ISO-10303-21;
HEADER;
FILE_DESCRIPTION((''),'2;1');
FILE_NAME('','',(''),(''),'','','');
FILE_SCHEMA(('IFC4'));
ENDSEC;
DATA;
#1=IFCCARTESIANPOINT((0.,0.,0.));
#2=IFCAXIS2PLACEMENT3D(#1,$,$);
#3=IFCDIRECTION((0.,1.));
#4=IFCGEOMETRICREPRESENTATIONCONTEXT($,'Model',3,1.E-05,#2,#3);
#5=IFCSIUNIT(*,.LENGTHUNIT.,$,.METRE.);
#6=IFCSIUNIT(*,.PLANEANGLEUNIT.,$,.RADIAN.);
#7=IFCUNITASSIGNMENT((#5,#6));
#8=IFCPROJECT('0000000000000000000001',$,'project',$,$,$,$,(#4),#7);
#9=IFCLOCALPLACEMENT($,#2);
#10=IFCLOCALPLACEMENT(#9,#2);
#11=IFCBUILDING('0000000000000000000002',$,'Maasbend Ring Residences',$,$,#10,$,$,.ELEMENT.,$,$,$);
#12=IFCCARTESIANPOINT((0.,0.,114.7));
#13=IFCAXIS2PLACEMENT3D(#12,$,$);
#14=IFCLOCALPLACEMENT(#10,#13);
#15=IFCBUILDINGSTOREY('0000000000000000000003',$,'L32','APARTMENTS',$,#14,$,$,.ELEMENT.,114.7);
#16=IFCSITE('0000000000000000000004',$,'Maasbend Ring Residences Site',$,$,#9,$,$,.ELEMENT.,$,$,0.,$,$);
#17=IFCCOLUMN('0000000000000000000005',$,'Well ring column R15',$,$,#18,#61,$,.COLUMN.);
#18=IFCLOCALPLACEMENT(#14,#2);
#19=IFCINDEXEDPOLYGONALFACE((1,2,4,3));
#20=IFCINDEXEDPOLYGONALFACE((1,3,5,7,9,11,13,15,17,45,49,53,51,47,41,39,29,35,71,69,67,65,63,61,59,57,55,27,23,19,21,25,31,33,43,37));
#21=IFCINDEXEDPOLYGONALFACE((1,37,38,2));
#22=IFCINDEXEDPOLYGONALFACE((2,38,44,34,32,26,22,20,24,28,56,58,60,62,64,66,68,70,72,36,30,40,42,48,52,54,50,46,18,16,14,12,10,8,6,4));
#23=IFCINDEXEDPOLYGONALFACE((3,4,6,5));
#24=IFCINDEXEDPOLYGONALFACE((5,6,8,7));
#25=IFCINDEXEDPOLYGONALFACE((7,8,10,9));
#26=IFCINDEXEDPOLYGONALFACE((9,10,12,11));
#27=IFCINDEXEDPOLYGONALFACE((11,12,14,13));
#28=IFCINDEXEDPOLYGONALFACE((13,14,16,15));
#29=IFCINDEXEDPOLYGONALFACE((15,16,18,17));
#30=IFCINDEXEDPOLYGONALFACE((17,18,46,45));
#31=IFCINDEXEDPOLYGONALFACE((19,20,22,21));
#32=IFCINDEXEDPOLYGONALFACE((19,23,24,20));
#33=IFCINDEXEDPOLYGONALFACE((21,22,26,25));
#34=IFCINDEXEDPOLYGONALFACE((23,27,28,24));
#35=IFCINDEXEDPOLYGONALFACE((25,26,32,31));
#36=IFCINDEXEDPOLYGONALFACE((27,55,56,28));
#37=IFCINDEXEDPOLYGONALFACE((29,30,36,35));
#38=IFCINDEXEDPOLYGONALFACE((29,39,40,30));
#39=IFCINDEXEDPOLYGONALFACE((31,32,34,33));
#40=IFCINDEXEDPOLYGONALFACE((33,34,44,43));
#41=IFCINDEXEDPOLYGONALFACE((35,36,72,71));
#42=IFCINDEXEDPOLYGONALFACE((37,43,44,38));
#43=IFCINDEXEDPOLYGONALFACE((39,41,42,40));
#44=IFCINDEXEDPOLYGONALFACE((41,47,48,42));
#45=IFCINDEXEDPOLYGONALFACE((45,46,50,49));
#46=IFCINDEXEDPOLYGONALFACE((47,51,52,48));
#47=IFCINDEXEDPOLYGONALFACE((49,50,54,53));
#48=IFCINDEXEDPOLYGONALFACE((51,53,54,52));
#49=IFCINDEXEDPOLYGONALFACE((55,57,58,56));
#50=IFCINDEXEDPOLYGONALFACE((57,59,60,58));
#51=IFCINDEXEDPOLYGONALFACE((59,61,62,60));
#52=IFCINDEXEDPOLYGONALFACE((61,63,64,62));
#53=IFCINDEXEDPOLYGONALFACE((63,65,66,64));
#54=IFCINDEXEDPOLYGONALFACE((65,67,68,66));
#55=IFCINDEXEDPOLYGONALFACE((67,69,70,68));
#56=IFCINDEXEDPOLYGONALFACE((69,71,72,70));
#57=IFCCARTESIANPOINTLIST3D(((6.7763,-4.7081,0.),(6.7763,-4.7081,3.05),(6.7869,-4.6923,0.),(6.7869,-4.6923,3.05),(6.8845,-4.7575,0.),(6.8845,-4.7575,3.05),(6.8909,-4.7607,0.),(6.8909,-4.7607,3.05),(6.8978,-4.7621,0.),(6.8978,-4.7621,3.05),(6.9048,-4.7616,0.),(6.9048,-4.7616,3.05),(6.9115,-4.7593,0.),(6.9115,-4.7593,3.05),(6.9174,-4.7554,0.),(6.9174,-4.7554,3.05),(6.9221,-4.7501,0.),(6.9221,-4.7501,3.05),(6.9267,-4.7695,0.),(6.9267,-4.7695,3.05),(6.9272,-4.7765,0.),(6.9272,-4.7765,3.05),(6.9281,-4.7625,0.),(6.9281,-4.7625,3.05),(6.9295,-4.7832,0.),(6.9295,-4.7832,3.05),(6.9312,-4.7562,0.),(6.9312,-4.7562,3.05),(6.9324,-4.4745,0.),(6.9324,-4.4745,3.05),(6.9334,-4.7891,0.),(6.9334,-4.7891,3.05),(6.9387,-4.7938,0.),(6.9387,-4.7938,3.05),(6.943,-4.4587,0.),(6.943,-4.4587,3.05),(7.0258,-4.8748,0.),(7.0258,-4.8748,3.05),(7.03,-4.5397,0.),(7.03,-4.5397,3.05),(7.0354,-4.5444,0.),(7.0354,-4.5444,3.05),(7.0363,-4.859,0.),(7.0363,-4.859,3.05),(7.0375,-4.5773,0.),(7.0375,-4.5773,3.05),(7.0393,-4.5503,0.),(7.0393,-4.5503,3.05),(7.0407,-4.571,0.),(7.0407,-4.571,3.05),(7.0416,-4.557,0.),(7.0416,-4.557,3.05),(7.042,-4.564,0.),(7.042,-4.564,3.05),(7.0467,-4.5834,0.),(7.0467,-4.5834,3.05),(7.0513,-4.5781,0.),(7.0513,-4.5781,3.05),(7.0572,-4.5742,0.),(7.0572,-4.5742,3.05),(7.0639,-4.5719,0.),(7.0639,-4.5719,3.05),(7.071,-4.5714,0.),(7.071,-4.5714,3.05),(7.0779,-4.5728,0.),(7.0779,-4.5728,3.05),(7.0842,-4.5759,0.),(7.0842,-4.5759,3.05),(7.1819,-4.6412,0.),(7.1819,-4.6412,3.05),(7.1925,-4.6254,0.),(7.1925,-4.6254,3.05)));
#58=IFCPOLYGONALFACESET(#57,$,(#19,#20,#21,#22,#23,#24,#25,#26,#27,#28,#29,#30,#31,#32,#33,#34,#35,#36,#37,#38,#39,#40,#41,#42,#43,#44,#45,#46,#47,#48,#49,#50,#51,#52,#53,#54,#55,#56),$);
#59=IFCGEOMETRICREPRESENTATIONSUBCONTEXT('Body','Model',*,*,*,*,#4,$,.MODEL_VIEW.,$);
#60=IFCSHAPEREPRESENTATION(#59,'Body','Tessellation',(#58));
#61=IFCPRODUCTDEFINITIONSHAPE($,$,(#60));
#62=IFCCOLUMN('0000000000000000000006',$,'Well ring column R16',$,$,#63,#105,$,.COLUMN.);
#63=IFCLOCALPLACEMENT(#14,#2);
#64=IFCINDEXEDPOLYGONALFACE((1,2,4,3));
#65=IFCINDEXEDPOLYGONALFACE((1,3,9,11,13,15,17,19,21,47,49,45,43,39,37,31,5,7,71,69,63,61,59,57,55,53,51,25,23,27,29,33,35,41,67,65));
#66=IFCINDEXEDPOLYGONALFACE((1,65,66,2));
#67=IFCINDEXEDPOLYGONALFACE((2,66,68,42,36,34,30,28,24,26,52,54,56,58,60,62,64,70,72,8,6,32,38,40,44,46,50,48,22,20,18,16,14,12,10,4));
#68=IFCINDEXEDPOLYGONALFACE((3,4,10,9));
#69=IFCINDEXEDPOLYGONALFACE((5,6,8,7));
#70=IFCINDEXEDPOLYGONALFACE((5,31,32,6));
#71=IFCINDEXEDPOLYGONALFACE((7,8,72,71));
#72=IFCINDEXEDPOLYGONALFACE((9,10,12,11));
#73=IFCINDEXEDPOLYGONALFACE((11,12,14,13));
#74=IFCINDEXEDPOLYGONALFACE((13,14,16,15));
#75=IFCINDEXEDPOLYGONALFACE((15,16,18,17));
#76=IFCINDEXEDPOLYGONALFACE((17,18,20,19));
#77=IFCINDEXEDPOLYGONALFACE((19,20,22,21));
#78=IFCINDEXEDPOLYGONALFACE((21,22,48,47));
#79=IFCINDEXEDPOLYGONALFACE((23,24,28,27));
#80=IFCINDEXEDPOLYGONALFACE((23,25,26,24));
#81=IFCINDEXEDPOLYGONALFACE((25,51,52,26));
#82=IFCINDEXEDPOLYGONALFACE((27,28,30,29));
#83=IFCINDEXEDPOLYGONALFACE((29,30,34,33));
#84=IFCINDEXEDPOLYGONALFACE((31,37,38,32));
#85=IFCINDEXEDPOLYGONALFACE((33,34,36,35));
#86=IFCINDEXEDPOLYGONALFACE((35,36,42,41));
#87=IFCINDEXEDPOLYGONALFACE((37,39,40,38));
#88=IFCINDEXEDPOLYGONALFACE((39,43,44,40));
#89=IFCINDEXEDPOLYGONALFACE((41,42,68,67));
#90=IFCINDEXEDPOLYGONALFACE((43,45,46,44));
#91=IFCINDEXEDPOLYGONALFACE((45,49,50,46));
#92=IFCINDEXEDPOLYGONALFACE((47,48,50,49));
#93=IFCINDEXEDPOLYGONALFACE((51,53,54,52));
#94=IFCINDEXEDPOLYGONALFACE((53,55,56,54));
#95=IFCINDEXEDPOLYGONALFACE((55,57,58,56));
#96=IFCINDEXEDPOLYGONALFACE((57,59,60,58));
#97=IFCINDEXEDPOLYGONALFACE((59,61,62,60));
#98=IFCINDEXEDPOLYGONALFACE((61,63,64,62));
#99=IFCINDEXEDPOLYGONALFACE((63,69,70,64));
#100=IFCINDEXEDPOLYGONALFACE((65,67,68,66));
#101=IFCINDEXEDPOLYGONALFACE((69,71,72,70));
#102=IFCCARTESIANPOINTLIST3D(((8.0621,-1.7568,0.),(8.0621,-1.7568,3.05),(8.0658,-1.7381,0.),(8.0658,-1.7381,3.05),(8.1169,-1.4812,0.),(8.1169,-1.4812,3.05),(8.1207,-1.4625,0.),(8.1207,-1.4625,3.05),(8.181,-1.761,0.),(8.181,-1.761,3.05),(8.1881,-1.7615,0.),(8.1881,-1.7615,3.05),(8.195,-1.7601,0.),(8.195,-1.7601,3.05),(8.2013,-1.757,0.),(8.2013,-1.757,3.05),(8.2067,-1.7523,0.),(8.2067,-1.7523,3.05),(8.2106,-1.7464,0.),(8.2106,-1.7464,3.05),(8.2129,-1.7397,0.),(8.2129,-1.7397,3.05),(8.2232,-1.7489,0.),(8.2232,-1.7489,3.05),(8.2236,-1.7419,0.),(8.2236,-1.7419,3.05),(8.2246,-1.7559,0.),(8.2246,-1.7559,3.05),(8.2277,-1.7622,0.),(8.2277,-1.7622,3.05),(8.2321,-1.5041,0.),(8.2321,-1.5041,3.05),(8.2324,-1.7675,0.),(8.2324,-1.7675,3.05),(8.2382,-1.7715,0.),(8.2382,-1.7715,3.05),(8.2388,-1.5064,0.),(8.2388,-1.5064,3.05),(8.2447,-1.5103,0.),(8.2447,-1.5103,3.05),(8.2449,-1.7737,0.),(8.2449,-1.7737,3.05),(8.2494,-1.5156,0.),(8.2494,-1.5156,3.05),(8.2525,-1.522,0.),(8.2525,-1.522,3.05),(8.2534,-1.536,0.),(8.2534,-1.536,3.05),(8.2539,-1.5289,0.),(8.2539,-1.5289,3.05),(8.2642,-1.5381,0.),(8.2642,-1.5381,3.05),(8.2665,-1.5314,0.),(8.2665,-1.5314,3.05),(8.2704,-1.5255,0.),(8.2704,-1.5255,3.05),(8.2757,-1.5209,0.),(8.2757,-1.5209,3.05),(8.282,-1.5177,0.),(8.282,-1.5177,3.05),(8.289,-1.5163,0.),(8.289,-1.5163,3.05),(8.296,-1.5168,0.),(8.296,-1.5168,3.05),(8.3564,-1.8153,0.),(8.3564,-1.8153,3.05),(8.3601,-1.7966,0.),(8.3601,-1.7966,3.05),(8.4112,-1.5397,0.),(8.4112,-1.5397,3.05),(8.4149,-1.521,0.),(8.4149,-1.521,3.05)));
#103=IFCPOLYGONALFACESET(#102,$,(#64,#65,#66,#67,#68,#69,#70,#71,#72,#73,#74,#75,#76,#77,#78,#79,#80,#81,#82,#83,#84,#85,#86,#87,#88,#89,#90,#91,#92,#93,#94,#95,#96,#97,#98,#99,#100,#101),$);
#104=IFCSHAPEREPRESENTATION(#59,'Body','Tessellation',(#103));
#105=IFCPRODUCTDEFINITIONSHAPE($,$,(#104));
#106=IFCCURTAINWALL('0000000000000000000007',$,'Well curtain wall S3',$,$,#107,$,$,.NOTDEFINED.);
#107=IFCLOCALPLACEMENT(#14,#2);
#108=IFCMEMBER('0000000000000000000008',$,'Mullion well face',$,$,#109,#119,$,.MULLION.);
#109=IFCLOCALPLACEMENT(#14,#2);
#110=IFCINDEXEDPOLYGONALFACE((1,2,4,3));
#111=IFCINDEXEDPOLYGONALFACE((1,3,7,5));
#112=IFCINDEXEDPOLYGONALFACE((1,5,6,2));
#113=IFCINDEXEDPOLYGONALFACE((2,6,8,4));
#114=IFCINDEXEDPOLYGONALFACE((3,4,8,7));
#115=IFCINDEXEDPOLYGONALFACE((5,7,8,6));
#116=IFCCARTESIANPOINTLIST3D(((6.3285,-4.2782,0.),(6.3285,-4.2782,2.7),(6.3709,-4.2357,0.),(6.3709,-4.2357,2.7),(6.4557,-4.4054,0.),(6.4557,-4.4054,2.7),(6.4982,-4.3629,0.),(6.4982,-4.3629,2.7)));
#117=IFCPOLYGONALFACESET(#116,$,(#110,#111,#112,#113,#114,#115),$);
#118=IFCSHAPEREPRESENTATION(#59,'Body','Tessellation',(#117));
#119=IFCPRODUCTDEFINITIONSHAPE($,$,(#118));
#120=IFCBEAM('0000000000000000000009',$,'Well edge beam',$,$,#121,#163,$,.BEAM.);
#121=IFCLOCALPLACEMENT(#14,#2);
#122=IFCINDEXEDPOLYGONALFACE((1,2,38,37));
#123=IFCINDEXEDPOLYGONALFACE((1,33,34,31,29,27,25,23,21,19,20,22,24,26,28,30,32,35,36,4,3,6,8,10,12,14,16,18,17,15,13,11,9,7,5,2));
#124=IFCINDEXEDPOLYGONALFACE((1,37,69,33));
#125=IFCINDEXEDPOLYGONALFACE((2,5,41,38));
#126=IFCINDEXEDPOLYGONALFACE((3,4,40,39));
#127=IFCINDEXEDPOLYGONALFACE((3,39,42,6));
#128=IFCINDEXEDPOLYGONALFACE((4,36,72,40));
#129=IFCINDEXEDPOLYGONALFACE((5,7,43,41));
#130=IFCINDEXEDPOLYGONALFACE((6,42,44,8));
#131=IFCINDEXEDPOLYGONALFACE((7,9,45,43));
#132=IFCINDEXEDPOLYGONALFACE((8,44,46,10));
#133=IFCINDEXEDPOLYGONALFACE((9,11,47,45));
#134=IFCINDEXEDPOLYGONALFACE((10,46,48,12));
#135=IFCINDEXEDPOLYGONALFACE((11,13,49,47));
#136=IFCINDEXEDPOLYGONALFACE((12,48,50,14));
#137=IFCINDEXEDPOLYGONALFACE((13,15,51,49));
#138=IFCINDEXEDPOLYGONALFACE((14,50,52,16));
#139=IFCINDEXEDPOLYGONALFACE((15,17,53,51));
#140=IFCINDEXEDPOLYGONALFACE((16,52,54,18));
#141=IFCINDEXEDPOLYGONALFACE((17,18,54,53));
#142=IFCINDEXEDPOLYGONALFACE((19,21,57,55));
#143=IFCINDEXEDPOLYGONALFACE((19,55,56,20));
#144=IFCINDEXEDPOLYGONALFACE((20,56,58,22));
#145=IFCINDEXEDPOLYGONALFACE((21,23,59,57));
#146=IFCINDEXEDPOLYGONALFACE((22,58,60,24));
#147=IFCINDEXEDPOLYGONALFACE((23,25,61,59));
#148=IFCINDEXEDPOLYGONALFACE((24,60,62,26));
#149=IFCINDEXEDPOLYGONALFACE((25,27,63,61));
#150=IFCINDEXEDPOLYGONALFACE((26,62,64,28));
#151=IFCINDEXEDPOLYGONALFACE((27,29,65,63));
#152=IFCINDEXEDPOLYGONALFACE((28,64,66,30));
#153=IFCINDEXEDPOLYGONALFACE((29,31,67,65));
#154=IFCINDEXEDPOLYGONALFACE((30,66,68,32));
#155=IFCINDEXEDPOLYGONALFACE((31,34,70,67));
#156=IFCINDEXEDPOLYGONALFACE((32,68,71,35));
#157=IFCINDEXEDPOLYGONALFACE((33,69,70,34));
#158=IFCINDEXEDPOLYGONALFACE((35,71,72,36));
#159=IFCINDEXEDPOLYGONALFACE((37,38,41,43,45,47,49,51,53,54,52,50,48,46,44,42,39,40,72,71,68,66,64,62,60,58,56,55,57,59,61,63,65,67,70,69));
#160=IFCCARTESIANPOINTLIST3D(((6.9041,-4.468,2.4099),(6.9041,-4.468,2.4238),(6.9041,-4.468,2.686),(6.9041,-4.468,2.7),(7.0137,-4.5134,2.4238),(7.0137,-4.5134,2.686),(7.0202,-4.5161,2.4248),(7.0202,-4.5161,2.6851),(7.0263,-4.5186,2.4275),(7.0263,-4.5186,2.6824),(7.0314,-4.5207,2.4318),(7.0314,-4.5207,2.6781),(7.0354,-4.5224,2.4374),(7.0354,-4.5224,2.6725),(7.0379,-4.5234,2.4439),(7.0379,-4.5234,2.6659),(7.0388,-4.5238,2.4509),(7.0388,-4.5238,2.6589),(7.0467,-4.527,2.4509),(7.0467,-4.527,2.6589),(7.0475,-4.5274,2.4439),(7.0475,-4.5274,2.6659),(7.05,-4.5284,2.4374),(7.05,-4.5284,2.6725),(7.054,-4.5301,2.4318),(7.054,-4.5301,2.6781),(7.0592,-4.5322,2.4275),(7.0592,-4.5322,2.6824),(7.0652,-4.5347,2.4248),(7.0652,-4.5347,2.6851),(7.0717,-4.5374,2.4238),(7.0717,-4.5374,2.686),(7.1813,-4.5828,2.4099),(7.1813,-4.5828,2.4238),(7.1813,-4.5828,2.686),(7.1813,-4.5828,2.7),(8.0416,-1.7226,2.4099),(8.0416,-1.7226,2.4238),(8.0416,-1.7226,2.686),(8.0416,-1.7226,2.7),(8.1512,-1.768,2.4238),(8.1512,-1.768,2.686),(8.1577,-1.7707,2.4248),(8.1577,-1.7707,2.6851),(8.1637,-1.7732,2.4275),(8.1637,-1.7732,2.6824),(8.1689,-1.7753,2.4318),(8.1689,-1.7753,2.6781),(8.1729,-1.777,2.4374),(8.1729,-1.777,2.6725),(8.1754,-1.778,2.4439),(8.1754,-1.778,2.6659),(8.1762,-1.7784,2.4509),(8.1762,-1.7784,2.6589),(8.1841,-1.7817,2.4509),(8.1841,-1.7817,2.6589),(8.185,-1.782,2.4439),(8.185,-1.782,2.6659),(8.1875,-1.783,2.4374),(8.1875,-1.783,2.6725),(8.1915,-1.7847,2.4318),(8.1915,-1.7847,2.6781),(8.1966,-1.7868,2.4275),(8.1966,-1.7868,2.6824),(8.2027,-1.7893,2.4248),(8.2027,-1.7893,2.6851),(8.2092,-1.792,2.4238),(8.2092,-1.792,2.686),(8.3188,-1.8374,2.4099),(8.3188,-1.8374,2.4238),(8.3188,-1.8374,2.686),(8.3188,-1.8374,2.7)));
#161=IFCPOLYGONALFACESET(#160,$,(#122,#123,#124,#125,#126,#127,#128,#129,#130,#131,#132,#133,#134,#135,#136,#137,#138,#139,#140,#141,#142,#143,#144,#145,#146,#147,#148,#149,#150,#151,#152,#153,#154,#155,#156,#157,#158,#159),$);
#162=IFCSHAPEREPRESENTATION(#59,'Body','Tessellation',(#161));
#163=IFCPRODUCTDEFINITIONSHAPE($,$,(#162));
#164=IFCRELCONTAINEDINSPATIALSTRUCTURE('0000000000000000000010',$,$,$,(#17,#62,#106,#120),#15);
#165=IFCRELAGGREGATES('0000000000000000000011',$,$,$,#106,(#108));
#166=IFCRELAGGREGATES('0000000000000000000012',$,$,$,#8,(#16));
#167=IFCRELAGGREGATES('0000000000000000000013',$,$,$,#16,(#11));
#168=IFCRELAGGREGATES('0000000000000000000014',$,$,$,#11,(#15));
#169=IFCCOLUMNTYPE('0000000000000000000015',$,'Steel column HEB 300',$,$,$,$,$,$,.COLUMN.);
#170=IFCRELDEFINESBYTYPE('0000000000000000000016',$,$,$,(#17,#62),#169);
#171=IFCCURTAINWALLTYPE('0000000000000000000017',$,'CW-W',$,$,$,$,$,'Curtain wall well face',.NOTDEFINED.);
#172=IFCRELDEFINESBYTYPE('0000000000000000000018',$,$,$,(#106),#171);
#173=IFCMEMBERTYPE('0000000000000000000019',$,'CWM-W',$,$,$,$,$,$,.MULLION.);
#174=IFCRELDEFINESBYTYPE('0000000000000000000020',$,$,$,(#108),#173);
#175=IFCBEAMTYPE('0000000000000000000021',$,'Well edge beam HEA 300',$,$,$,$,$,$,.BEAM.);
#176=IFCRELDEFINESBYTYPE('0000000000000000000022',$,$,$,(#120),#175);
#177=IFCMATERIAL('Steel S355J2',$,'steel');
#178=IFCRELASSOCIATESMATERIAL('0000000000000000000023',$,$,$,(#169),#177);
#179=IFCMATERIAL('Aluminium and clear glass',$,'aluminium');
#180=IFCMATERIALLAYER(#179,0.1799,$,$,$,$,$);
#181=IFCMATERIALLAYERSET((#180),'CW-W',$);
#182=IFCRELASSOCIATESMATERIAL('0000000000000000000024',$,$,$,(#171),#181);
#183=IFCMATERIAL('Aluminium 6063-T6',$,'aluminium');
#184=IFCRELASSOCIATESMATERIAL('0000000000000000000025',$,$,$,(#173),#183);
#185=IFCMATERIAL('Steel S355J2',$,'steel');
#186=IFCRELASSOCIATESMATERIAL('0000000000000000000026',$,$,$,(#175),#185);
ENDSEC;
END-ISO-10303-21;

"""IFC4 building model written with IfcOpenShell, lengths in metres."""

from ifc_helpers import new_model, si_unit, direction, frame, origin, origin_2d, place, context, subcontext, project, spatial, rectangle, i_section, extrude, material, layer, layer_set, material_profile, profile_set, type_object, element, aggregate, save


model = new_model("IFC4")

# Units and contexts
model_context = context("Model", 3, precision=1e-05, world=origin(), true_north=direction((0.0, 1.0)))
body_context = subcontext(model_context, "Body", "Model", "MODEL_VIEW")
ifc_project = project(units=[si_unit("LENGTHUNIT", "METRE"), si_unit("PLANEANGLEUNIT", "RADIAN")], contexts=[model_context])

# Site, building, storey
site_placement = place(None, origin())
site = spatial("IfcSite", under=ifc_project, at=site_placement, Name="Maasbend Ring Residences Site", CompositionType="ELEMENT", RefElevation=0.0)
building_placement = place(site_placement, origin())
building = spatial("IfcBuilding", under=site, at=building_placement, Name="Maasbend Ring Residences", CompositionType="ELEMENT")
storey_placement = place(building_placement, frame((0.0, 0.0, 114.7)))
storey = spatial("IfcBuildingStorey", under=building, at=storey_placement, Name="L32", Description="APARTMENTS", CompositionType="ELEMENT", Elevation=114.7)

# Columns
ifc_material_1 = material(Name="Steel S355J2", Category="steel")
ifc_material_profile_1 = material_profile(ifc_material_1, i_section(OverallWidth=0.3, OverallDepth=0.3, WebThickness=0.011, FlangeThickness=0.019, FilletRadius=0.0271, at=origin_2d()), Name="HEB 300")
ifc_profile_set_1 = profile_set([ifc_material_profile_1], Name="Steel S355J2")
column_type = type_object("IfcColumnType", Name="Steel column HEB 300", PredefinedType="COLUMN", material=ifc_profile_set_1)
for number, where, z_axis, x_axis, name in (
    (1, (6.9844, -4.6667, 0.0), (0.0, 0.0, 1.0), (0.83147, -0.55557, 0.0), "Well ring column R15"),
    (2, (8.2385, -1.6389, 0.0), (0.0, 0.0, 1.0), (0.980785, -0.19509, 0.0), "Well ring column R16"),
):
    element("IfcColumn", number, at=place(storey_placement, frame(where, z_axis=z_axis, x_axis=x_axis)), inside=storey, type_object=column_type, Name=name, PredefinedType="COLUMN", context=body_context, shape_type="SweptSolid", body=[
        extrude(i_section(OverallWidth=0.3, OverallDepth=0.3, WebThickness=0.011, FlangeThickness=0.019, FilletRadius=0.0271, at=origin_2d()), origin(), (0.0, 0.0, 1.0), 3.05),
    ])

# Curtain wall, member
ifc_material_2 = material(Name="Aluminium and clear glass", Category="aluminium")
ifc_layer_1 = layer(ifc_material_2, 0.1799)
ifc_layer_set_1 = layer_set([ifc_layer_1], Name="CW-W")
curtain_wall_type = type_object("IfcCurtainWallType", Name="CW-W", ElementType="Curtain wall well face", PredefinedType="NOTDEFINED", material=ifc_layer_set_1)
curtain_wall_placement = place(storey_placement, origin())
curtain_wall = element("IfcCurtainWall", 3, at=curtain_wall_placement, inside=storey, type_object=curtain_wall_type, Name="Well curtain wall S3", PredefinedType="NOTDEFINED")
ifc_material_3 = material(Name="Aluminium 6063-T6", Category="aluminium")
ifc_material_profile_2 = material_profile(ifc_material_3, rectangle(XDim=0.1799, YDim=0.0601, at=origin_2d()), Name="AL 180x60")
ifc_profile_set_2 = profile_set([ifc_material_profile_2], Name="Aluminium 6063-T6")
member_type = type_object("IfcMemberType", Name="CWM-W", PredefinedType="MULLION", material=ifc_profile_set_2)
member_placement = place(storey_placement, frame((6.4133, -4.3206, 0.0), z_axis=(0.0, 0.0, 1.0), x_axis=(-0.707107, 0.707107, 0.0)))
member = element("IfcMember", 4, at=member_placement, type_object=member_type, Name="Mullion well face", PredefinedType="MULLION", context=body_context, shape_type="SweptSolid", body=[
    extrude(rectangle(XDim=0.1799, YDim=0.0601, at=origin_2d()), origin(), (0.0, 0.0, 1.0), 2.7),
])

# Beam
ifc_material_4 = material(Name="Steel S355J2", Category="steel")
ifc_material_profile_3 = material_profile(ifc_material_4, i_section(OverallWidth=0.3, OverallDepth=0.29, WebThickness=0.0085, FlangeThickness=0.0139, FilletRadius=0.0271, at=origin_2d()), Name="HEA 300")
ifc_profile_set_3 = profile_set([ifc_material_profile_3], Name="Steel S355J2")
beam_type = type_object("IfcBeamType", Name="Well edge beam HEA 300", PredefinedType="BEAM", material=ifc_profile_set_3)
for number, where, z_axis, x_axis, name in (
    (5, (7.0427, -4.5254, 2.5549), (0.382765, 0.923846, 0.0), (-0.923846, 0.382765, 0.0), "Well edge beam"),
):
    element("IfcBeam", number, at=place(storey_placement, frame(where, z_axis=z_axis, x_axis=x_axis)), inside=storey, type_object=beam_type, Name=name, PredefinedType="BEAM", context=body_context, shape_type="SweptSolid", body=[
        extrude(i_section(OverallWidth=0.3, OverallDepth=0.29, WebThickness=0.0085, FlangeThickness=0.0139, FilletRadius=0.0271, at=origin_2d()), origin(), (0.0, 0.0, 1.0), 2.9717),
    ])

aggregate(curtain_wall, [member])

save(model, "model.ifc")
